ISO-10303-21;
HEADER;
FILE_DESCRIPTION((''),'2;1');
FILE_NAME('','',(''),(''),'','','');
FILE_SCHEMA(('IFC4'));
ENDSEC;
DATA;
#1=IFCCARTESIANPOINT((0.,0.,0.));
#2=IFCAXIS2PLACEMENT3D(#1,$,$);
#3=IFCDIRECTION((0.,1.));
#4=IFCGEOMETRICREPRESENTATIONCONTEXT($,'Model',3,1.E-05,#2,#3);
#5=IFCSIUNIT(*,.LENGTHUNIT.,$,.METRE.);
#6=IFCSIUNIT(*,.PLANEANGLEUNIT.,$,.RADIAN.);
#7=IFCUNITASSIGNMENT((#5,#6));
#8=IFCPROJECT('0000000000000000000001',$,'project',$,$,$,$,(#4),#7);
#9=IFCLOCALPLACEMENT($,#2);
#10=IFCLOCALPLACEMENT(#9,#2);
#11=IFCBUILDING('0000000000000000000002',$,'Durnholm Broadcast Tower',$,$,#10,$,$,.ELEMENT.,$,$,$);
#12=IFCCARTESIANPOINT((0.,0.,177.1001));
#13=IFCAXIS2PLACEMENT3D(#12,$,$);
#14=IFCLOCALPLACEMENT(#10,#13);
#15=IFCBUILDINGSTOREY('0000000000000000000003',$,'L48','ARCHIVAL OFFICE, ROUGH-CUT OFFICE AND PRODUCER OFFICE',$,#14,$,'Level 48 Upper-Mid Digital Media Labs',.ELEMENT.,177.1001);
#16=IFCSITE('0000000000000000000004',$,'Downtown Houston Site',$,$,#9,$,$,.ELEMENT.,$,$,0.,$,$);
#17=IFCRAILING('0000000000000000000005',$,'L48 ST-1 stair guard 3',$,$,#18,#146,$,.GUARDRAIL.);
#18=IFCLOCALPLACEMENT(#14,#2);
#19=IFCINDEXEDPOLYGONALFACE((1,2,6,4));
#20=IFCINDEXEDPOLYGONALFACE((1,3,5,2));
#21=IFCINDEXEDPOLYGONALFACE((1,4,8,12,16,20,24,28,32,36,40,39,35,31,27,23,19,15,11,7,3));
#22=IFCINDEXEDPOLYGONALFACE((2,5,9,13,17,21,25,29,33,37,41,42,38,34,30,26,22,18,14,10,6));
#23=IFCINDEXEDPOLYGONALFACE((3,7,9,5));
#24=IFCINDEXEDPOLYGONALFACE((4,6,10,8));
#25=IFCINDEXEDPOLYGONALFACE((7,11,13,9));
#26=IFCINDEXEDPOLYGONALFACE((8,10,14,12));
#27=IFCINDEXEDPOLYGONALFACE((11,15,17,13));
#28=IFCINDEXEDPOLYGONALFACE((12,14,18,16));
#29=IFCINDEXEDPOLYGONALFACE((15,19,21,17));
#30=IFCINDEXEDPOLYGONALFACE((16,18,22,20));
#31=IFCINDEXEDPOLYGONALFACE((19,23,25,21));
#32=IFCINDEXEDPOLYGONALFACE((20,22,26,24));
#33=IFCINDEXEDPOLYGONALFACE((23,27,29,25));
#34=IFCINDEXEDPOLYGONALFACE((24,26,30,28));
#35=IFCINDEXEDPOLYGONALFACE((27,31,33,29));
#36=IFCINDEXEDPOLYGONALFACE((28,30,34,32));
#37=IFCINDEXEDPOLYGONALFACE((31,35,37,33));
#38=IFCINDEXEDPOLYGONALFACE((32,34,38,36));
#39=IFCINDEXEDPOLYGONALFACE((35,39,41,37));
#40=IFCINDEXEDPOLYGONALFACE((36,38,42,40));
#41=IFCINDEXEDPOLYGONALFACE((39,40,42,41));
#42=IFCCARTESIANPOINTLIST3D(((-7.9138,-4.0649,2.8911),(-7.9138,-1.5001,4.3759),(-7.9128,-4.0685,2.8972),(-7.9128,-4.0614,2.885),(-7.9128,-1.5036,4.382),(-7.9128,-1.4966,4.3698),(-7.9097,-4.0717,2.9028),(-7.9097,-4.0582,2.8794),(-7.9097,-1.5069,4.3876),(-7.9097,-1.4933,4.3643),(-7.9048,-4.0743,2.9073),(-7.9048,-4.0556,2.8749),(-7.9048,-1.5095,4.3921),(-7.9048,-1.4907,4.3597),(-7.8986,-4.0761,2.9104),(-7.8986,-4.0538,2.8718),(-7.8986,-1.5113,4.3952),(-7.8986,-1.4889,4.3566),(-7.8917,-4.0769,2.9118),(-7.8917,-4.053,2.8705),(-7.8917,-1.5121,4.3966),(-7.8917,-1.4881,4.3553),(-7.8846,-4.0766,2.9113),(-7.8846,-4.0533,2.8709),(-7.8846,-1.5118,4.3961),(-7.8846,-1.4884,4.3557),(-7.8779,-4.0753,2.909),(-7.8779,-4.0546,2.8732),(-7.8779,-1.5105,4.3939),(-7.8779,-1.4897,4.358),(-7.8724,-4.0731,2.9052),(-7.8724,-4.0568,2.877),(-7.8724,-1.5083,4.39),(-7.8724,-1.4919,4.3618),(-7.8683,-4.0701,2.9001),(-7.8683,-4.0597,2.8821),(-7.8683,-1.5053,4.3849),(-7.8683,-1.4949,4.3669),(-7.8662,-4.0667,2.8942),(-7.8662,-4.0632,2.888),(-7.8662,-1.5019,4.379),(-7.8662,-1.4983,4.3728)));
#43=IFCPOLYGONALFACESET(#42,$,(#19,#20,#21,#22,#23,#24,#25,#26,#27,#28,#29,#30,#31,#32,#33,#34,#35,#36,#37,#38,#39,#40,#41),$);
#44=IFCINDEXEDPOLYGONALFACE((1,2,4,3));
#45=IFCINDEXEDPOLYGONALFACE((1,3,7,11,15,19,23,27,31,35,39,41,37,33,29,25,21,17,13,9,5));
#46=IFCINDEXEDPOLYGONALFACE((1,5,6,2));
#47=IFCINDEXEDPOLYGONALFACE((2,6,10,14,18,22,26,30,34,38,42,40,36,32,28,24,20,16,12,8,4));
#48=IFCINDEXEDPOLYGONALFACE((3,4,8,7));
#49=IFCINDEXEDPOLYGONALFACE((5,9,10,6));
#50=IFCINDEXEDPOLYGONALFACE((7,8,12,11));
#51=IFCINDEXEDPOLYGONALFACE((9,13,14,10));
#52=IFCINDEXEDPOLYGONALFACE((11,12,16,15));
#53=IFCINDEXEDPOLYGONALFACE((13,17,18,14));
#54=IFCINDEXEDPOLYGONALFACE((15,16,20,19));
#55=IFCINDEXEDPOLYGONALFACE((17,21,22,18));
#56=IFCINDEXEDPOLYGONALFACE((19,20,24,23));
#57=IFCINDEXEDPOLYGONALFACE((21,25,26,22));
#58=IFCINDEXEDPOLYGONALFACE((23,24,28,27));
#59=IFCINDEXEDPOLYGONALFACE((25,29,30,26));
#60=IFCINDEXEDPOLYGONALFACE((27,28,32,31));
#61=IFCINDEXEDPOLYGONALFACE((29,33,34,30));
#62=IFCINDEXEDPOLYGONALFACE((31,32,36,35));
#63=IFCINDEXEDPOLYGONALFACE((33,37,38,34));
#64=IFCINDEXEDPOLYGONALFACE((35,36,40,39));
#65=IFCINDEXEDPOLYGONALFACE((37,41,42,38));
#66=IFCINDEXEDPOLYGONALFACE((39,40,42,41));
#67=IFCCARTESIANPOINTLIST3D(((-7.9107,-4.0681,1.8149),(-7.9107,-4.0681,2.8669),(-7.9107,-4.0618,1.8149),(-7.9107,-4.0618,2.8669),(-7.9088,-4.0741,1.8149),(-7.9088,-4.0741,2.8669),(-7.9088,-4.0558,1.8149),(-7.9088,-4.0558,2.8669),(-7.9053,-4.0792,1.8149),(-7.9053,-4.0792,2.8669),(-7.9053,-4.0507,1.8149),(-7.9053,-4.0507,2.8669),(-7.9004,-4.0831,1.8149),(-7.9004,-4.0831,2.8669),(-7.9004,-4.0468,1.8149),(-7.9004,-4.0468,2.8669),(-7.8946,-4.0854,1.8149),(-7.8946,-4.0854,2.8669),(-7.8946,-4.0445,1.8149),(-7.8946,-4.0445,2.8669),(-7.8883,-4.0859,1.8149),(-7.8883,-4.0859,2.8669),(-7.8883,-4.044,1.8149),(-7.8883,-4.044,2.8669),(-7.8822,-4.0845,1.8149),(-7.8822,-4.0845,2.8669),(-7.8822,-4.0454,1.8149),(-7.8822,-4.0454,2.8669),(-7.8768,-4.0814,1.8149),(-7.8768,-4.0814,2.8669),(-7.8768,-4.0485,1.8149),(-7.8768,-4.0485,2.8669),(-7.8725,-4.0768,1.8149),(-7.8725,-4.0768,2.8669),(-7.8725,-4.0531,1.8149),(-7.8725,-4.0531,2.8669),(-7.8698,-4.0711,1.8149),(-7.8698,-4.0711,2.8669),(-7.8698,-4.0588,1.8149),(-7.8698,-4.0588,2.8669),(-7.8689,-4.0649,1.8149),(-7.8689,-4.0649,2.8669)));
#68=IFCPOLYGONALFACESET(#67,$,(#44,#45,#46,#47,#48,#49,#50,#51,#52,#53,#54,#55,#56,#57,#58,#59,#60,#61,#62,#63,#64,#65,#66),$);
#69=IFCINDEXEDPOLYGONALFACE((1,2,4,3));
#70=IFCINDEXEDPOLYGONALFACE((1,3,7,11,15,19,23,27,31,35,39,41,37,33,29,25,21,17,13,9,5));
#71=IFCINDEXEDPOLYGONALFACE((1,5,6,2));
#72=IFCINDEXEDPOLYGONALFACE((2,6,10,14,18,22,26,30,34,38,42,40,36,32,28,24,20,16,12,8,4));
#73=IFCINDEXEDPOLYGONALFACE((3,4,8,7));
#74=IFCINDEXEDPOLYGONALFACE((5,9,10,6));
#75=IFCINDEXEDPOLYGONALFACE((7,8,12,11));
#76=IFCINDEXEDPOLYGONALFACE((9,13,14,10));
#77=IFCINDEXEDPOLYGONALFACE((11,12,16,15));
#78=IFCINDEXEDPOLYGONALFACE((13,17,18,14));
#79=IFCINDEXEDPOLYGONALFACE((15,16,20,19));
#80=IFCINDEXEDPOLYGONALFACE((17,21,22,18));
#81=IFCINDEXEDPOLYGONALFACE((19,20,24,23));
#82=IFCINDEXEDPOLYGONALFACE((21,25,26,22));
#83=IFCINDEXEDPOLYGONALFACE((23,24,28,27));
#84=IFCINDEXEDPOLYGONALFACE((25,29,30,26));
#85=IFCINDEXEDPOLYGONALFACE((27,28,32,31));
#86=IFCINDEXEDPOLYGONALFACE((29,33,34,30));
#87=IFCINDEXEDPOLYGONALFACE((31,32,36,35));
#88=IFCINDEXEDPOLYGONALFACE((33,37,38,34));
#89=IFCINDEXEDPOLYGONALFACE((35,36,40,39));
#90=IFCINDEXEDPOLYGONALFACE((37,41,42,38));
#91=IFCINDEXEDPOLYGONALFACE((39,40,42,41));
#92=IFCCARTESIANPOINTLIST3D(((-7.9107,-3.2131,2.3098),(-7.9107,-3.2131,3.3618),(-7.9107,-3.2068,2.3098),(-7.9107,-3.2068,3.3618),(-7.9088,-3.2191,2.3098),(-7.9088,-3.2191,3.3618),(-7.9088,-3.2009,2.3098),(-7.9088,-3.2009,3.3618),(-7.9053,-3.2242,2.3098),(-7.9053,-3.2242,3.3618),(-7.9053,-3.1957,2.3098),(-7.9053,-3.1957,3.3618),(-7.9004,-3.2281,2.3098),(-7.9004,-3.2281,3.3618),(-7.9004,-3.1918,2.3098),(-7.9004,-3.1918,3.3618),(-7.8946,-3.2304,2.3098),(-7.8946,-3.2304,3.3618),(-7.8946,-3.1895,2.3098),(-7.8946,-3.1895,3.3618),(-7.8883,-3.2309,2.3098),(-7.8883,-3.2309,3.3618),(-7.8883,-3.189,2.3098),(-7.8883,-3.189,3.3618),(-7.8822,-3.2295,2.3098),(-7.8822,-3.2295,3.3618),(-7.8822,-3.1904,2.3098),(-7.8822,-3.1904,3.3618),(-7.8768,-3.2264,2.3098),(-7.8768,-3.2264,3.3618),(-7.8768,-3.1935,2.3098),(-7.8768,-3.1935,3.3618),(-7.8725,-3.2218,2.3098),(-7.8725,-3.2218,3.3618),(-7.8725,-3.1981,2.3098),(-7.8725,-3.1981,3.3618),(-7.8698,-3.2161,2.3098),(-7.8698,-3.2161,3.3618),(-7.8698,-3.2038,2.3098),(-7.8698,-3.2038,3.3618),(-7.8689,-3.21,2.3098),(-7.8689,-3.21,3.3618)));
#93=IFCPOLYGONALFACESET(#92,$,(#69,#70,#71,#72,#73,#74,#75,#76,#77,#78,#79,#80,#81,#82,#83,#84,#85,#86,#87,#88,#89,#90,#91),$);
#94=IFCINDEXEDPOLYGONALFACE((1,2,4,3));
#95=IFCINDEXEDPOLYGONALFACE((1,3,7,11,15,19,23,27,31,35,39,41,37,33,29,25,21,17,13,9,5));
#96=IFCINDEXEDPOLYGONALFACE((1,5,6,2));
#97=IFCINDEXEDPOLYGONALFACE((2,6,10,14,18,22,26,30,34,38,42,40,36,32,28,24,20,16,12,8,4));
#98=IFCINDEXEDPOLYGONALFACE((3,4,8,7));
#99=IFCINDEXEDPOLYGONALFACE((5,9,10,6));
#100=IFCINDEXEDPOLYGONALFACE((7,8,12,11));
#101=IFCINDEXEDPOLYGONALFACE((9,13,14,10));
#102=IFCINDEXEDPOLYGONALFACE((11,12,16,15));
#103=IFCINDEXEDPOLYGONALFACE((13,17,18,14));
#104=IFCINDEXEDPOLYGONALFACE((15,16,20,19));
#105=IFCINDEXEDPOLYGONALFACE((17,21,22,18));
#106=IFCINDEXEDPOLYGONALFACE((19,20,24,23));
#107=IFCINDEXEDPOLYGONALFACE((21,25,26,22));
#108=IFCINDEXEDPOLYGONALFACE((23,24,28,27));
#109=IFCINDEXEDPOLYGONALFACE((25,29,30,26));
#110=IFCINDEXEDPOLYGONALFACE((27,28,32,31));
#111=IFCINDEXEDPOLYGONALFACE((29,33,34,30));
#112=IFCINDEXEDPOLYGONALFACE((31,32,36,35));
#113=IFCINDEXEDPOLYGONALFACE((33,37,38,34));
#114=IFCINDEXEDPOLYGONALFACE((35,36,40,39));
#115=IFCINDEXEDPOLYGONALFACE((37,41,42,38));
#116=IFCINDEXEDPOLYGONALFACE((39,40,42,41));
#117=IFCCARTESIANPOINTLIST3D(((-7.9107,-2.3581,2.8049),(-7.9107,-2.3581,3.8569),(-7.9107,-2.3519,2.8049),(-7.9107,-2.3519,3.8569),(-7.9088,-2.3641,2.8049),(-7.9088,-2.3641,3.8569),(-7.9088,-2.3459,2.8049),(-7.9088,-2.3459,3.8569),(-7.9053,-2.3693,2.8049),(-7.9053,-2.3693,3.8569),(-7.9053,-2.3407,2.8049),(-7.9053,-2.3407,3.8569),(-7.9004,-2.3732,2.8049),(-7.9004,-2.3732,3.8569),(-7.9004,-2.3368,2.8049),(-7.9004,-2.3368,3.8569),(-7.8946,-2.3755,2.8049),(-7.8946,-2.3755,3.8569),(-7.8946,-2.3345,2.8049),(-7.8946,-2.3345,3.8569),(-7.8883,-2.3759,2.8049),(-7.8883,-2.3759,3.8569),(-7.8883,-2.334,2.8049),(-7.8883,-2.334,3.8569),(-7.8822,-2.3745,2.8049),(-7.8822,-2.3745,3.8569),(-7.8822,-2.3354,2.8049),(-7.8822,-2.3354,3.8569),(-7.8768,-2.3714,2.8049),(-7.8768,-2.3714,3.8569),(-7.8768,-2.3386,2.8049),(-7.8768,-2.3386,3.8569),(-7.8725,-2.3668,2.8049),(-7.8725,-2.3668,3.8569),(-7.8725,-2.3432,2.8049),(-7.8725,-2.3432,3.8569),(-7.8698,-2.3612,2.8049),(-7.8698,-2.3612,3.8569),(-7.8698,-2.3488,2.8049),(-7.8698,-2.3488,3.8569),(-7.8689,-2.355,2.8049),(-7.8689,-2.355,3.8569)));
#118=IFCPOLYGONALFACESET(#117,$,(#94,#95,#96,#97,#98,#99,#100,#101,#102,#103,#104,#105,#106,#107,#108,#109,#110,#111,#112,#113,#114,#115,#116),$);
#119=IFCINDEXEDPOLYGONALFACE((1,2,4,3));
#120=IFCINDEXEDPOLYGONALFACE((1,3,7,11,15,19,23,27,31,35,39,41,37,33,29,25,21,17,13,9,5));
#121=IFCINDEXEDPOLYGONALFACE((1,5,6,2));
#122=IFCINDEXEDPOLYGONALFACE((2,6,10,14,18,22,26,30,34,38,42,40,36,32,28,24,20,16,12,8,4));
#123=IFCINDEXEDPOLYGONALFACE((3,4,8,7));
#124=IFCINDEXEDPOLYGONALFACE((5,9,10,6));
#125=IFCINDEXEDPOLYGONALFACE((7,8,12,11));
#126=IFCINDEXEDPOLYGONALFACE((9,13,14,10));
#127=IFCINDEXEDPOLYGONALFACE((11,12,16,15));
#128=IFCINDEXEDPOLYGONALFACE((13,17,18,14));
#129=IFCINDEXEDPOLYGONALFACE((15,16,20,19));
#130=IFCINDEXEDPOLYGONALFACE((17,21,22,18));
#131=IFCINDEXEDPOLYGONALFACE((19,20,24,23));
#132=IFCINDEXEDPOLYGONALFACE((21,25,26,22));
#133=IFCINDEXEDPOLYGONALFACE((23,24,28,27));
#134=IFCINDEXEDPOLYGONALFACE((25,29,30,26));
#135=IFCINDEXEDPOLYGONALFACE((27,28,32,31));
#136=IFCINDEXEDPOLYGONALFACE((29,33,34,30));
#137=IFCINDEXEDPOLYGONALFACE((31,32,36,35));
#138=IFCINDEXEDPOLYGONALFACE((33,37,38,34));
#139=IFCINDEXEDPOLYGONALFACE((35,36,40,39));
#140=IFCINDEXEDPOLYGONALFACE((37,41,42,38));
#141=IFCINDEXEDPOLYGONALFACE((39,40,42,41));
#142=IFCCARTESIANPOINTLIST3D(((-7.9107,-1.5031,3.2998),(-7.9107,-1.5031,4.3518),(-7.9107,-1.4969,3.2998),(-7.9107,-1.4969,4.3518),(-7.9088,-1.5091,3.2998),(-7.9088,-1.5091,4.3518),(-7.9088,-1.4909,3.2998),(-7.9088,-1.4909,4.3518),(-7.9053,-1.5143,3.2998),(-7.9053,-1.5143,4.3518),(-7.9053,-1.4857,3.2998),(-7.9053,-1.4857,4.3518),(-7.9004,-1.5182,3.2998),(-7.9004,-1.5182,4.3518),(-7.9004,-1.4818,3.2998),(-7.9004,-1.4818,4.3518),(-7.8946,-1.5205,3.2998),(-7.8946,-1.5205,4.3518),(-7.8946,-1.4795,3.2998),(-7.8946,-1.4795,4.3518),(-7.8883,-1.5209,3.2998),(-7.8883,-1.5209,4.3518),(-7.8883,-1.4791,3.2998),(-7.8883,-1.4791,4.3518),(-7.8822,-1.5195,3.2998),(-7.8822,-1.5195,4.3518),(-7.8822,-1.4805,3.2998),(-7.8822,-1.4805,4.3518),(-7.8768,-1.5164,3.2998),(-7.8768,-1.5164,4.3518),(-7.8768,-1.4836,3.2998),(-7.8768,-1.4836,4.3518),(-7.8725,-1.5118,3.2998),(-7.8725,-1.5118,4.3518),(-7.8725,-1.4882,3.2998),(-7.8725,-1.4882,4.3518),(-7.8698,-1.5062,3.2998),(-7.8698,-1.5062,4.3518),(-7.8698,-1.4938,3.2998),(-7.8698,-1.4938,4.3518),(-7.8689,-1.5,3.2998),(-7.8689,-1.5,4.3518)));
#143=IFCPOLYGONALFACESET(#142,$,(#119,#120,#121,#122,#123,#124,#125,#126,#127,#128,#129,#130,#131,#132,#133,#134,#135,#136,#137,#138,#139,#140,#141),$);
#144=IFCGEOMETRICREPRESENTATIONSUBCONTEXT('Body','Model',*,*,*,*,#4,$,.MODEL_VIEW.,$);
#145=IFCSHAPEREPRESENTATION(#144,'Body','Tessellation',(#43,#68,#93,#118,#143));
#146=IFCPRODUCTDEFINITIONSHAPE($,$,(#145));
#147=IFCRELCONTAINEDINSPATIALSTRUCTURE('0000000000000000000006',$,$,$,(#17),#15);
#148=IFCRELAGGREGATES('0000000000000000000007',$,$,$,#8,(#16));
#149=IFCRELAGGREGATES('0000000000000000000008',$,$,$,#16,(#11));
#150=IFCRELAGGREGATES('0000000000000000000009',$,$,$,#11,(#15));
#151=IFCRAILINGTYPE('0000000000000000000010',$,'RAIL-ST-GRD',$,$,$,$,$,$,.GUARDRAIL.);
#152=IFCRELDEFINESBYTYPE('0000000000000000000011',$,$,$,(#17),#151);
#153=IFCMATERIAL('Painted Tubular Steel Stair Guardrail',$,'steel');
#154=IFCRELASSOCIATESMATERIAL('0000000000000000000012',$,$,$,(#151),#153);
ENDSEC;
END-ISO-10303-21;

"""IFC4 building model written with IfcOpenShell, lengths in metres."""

from ifc_helpers import new_model, si_unit, direction, frame, origin, origin_2d, place, context, subcontext, project, spatial, circle, extrude, material, type_object, element, save


model = new_model("IFC4")

# Units and contexts
model_context = context("Model", 3, precision=1e-05, world=origin(), true_north=direction((0.0, 1.0)))
body_context = subcontext(model_context, "Body", "Model", "MODEL_VIEW")
ifc_project = project(units=[si_unit("LENGTHUNIT", "METRE"), si_unit("PLANEANGLEUNIT", "RADIAN")], contexts=[model_context])

# Site, building, storey
site_placement = place(None, origin())
site = spatial("IfcSite", under=ifc_project, at=site_placement, Name="Downtown Houston Site", CompositionType="ELEMENT", RefElevation=0.0)
building_placement = place(site_placement, origin())
building = spatial("IfcBuilding", under=site, at=building_placement, Name="Durnholm Broadcast Tower", CompositionType="ELEMENT")
storey_placement = place(building_placement, frame((0.0, 0.0, 177.1001)))
storey = spatial("IfcBuildingStorey", under=building, at=storey_placement, Name="L48", Description="ARCHIVAL OFFICE, ROUGH-CUT OFFICE AND PRODUCER OFFICE", LongName="Level 48 Upper-Mid Digital Media Labs", CompositionType="ELEMENT", Elevation=177.1001)

# Railing
ifc_material_1 = material(Name="Painted Tubular Steel Stair Guardrail", Category="steel")
railing_type_1 = type_object("IfcRailingType", Name="RAIL-ST-GRD", PredefinedType="GUARDRAIL", material=ifc_material_1)
railing_1_placement = place(storey_placement, frame((-7.8899, -4.0649, 1.8149)))
element("IfcRailing", 1, at=railing_1_placement, inside=storey, type_object=railing_type_1, Name="L48 ST-1 stair guard 3", PredefinedType="GUARDRAIL", context=body_context, shape_type="SweptSolid", body=[
    extrude(circle(Radius=0.0239, at=origin_2d()), frame((0.0, 0.0, 1.0762), z_axis=(0.0, 0.865441, 0.50101), x_axis=(-1.0, 0.0, 0.0)), (0.0, 0.0, 1.0), 2.9636),
    extrude(circle(Radius=0.021, at=origin_2d()), origin(), (0.0, 0.0, 1.0), 1.052),
    extrude(circle(Radius=0.021, at=origin_2d()), frame((0.0, 0.855, 0.4949)), (0.0, 0.0, 1.0), 1.052),
    extrude(circle(Radius=0.021, at=origin_2d()), frame((0.0, 1.71, 0.99)), (0.0, 0.0, 1.0), 1.052),
    extrude(circle(Radius=0.021, at=origin_2d()), frame((0.0, 2.5649, 1.4849)), (0.0, 0.0, 1.0), 1.052),
])

save(model, "model.ifc")
